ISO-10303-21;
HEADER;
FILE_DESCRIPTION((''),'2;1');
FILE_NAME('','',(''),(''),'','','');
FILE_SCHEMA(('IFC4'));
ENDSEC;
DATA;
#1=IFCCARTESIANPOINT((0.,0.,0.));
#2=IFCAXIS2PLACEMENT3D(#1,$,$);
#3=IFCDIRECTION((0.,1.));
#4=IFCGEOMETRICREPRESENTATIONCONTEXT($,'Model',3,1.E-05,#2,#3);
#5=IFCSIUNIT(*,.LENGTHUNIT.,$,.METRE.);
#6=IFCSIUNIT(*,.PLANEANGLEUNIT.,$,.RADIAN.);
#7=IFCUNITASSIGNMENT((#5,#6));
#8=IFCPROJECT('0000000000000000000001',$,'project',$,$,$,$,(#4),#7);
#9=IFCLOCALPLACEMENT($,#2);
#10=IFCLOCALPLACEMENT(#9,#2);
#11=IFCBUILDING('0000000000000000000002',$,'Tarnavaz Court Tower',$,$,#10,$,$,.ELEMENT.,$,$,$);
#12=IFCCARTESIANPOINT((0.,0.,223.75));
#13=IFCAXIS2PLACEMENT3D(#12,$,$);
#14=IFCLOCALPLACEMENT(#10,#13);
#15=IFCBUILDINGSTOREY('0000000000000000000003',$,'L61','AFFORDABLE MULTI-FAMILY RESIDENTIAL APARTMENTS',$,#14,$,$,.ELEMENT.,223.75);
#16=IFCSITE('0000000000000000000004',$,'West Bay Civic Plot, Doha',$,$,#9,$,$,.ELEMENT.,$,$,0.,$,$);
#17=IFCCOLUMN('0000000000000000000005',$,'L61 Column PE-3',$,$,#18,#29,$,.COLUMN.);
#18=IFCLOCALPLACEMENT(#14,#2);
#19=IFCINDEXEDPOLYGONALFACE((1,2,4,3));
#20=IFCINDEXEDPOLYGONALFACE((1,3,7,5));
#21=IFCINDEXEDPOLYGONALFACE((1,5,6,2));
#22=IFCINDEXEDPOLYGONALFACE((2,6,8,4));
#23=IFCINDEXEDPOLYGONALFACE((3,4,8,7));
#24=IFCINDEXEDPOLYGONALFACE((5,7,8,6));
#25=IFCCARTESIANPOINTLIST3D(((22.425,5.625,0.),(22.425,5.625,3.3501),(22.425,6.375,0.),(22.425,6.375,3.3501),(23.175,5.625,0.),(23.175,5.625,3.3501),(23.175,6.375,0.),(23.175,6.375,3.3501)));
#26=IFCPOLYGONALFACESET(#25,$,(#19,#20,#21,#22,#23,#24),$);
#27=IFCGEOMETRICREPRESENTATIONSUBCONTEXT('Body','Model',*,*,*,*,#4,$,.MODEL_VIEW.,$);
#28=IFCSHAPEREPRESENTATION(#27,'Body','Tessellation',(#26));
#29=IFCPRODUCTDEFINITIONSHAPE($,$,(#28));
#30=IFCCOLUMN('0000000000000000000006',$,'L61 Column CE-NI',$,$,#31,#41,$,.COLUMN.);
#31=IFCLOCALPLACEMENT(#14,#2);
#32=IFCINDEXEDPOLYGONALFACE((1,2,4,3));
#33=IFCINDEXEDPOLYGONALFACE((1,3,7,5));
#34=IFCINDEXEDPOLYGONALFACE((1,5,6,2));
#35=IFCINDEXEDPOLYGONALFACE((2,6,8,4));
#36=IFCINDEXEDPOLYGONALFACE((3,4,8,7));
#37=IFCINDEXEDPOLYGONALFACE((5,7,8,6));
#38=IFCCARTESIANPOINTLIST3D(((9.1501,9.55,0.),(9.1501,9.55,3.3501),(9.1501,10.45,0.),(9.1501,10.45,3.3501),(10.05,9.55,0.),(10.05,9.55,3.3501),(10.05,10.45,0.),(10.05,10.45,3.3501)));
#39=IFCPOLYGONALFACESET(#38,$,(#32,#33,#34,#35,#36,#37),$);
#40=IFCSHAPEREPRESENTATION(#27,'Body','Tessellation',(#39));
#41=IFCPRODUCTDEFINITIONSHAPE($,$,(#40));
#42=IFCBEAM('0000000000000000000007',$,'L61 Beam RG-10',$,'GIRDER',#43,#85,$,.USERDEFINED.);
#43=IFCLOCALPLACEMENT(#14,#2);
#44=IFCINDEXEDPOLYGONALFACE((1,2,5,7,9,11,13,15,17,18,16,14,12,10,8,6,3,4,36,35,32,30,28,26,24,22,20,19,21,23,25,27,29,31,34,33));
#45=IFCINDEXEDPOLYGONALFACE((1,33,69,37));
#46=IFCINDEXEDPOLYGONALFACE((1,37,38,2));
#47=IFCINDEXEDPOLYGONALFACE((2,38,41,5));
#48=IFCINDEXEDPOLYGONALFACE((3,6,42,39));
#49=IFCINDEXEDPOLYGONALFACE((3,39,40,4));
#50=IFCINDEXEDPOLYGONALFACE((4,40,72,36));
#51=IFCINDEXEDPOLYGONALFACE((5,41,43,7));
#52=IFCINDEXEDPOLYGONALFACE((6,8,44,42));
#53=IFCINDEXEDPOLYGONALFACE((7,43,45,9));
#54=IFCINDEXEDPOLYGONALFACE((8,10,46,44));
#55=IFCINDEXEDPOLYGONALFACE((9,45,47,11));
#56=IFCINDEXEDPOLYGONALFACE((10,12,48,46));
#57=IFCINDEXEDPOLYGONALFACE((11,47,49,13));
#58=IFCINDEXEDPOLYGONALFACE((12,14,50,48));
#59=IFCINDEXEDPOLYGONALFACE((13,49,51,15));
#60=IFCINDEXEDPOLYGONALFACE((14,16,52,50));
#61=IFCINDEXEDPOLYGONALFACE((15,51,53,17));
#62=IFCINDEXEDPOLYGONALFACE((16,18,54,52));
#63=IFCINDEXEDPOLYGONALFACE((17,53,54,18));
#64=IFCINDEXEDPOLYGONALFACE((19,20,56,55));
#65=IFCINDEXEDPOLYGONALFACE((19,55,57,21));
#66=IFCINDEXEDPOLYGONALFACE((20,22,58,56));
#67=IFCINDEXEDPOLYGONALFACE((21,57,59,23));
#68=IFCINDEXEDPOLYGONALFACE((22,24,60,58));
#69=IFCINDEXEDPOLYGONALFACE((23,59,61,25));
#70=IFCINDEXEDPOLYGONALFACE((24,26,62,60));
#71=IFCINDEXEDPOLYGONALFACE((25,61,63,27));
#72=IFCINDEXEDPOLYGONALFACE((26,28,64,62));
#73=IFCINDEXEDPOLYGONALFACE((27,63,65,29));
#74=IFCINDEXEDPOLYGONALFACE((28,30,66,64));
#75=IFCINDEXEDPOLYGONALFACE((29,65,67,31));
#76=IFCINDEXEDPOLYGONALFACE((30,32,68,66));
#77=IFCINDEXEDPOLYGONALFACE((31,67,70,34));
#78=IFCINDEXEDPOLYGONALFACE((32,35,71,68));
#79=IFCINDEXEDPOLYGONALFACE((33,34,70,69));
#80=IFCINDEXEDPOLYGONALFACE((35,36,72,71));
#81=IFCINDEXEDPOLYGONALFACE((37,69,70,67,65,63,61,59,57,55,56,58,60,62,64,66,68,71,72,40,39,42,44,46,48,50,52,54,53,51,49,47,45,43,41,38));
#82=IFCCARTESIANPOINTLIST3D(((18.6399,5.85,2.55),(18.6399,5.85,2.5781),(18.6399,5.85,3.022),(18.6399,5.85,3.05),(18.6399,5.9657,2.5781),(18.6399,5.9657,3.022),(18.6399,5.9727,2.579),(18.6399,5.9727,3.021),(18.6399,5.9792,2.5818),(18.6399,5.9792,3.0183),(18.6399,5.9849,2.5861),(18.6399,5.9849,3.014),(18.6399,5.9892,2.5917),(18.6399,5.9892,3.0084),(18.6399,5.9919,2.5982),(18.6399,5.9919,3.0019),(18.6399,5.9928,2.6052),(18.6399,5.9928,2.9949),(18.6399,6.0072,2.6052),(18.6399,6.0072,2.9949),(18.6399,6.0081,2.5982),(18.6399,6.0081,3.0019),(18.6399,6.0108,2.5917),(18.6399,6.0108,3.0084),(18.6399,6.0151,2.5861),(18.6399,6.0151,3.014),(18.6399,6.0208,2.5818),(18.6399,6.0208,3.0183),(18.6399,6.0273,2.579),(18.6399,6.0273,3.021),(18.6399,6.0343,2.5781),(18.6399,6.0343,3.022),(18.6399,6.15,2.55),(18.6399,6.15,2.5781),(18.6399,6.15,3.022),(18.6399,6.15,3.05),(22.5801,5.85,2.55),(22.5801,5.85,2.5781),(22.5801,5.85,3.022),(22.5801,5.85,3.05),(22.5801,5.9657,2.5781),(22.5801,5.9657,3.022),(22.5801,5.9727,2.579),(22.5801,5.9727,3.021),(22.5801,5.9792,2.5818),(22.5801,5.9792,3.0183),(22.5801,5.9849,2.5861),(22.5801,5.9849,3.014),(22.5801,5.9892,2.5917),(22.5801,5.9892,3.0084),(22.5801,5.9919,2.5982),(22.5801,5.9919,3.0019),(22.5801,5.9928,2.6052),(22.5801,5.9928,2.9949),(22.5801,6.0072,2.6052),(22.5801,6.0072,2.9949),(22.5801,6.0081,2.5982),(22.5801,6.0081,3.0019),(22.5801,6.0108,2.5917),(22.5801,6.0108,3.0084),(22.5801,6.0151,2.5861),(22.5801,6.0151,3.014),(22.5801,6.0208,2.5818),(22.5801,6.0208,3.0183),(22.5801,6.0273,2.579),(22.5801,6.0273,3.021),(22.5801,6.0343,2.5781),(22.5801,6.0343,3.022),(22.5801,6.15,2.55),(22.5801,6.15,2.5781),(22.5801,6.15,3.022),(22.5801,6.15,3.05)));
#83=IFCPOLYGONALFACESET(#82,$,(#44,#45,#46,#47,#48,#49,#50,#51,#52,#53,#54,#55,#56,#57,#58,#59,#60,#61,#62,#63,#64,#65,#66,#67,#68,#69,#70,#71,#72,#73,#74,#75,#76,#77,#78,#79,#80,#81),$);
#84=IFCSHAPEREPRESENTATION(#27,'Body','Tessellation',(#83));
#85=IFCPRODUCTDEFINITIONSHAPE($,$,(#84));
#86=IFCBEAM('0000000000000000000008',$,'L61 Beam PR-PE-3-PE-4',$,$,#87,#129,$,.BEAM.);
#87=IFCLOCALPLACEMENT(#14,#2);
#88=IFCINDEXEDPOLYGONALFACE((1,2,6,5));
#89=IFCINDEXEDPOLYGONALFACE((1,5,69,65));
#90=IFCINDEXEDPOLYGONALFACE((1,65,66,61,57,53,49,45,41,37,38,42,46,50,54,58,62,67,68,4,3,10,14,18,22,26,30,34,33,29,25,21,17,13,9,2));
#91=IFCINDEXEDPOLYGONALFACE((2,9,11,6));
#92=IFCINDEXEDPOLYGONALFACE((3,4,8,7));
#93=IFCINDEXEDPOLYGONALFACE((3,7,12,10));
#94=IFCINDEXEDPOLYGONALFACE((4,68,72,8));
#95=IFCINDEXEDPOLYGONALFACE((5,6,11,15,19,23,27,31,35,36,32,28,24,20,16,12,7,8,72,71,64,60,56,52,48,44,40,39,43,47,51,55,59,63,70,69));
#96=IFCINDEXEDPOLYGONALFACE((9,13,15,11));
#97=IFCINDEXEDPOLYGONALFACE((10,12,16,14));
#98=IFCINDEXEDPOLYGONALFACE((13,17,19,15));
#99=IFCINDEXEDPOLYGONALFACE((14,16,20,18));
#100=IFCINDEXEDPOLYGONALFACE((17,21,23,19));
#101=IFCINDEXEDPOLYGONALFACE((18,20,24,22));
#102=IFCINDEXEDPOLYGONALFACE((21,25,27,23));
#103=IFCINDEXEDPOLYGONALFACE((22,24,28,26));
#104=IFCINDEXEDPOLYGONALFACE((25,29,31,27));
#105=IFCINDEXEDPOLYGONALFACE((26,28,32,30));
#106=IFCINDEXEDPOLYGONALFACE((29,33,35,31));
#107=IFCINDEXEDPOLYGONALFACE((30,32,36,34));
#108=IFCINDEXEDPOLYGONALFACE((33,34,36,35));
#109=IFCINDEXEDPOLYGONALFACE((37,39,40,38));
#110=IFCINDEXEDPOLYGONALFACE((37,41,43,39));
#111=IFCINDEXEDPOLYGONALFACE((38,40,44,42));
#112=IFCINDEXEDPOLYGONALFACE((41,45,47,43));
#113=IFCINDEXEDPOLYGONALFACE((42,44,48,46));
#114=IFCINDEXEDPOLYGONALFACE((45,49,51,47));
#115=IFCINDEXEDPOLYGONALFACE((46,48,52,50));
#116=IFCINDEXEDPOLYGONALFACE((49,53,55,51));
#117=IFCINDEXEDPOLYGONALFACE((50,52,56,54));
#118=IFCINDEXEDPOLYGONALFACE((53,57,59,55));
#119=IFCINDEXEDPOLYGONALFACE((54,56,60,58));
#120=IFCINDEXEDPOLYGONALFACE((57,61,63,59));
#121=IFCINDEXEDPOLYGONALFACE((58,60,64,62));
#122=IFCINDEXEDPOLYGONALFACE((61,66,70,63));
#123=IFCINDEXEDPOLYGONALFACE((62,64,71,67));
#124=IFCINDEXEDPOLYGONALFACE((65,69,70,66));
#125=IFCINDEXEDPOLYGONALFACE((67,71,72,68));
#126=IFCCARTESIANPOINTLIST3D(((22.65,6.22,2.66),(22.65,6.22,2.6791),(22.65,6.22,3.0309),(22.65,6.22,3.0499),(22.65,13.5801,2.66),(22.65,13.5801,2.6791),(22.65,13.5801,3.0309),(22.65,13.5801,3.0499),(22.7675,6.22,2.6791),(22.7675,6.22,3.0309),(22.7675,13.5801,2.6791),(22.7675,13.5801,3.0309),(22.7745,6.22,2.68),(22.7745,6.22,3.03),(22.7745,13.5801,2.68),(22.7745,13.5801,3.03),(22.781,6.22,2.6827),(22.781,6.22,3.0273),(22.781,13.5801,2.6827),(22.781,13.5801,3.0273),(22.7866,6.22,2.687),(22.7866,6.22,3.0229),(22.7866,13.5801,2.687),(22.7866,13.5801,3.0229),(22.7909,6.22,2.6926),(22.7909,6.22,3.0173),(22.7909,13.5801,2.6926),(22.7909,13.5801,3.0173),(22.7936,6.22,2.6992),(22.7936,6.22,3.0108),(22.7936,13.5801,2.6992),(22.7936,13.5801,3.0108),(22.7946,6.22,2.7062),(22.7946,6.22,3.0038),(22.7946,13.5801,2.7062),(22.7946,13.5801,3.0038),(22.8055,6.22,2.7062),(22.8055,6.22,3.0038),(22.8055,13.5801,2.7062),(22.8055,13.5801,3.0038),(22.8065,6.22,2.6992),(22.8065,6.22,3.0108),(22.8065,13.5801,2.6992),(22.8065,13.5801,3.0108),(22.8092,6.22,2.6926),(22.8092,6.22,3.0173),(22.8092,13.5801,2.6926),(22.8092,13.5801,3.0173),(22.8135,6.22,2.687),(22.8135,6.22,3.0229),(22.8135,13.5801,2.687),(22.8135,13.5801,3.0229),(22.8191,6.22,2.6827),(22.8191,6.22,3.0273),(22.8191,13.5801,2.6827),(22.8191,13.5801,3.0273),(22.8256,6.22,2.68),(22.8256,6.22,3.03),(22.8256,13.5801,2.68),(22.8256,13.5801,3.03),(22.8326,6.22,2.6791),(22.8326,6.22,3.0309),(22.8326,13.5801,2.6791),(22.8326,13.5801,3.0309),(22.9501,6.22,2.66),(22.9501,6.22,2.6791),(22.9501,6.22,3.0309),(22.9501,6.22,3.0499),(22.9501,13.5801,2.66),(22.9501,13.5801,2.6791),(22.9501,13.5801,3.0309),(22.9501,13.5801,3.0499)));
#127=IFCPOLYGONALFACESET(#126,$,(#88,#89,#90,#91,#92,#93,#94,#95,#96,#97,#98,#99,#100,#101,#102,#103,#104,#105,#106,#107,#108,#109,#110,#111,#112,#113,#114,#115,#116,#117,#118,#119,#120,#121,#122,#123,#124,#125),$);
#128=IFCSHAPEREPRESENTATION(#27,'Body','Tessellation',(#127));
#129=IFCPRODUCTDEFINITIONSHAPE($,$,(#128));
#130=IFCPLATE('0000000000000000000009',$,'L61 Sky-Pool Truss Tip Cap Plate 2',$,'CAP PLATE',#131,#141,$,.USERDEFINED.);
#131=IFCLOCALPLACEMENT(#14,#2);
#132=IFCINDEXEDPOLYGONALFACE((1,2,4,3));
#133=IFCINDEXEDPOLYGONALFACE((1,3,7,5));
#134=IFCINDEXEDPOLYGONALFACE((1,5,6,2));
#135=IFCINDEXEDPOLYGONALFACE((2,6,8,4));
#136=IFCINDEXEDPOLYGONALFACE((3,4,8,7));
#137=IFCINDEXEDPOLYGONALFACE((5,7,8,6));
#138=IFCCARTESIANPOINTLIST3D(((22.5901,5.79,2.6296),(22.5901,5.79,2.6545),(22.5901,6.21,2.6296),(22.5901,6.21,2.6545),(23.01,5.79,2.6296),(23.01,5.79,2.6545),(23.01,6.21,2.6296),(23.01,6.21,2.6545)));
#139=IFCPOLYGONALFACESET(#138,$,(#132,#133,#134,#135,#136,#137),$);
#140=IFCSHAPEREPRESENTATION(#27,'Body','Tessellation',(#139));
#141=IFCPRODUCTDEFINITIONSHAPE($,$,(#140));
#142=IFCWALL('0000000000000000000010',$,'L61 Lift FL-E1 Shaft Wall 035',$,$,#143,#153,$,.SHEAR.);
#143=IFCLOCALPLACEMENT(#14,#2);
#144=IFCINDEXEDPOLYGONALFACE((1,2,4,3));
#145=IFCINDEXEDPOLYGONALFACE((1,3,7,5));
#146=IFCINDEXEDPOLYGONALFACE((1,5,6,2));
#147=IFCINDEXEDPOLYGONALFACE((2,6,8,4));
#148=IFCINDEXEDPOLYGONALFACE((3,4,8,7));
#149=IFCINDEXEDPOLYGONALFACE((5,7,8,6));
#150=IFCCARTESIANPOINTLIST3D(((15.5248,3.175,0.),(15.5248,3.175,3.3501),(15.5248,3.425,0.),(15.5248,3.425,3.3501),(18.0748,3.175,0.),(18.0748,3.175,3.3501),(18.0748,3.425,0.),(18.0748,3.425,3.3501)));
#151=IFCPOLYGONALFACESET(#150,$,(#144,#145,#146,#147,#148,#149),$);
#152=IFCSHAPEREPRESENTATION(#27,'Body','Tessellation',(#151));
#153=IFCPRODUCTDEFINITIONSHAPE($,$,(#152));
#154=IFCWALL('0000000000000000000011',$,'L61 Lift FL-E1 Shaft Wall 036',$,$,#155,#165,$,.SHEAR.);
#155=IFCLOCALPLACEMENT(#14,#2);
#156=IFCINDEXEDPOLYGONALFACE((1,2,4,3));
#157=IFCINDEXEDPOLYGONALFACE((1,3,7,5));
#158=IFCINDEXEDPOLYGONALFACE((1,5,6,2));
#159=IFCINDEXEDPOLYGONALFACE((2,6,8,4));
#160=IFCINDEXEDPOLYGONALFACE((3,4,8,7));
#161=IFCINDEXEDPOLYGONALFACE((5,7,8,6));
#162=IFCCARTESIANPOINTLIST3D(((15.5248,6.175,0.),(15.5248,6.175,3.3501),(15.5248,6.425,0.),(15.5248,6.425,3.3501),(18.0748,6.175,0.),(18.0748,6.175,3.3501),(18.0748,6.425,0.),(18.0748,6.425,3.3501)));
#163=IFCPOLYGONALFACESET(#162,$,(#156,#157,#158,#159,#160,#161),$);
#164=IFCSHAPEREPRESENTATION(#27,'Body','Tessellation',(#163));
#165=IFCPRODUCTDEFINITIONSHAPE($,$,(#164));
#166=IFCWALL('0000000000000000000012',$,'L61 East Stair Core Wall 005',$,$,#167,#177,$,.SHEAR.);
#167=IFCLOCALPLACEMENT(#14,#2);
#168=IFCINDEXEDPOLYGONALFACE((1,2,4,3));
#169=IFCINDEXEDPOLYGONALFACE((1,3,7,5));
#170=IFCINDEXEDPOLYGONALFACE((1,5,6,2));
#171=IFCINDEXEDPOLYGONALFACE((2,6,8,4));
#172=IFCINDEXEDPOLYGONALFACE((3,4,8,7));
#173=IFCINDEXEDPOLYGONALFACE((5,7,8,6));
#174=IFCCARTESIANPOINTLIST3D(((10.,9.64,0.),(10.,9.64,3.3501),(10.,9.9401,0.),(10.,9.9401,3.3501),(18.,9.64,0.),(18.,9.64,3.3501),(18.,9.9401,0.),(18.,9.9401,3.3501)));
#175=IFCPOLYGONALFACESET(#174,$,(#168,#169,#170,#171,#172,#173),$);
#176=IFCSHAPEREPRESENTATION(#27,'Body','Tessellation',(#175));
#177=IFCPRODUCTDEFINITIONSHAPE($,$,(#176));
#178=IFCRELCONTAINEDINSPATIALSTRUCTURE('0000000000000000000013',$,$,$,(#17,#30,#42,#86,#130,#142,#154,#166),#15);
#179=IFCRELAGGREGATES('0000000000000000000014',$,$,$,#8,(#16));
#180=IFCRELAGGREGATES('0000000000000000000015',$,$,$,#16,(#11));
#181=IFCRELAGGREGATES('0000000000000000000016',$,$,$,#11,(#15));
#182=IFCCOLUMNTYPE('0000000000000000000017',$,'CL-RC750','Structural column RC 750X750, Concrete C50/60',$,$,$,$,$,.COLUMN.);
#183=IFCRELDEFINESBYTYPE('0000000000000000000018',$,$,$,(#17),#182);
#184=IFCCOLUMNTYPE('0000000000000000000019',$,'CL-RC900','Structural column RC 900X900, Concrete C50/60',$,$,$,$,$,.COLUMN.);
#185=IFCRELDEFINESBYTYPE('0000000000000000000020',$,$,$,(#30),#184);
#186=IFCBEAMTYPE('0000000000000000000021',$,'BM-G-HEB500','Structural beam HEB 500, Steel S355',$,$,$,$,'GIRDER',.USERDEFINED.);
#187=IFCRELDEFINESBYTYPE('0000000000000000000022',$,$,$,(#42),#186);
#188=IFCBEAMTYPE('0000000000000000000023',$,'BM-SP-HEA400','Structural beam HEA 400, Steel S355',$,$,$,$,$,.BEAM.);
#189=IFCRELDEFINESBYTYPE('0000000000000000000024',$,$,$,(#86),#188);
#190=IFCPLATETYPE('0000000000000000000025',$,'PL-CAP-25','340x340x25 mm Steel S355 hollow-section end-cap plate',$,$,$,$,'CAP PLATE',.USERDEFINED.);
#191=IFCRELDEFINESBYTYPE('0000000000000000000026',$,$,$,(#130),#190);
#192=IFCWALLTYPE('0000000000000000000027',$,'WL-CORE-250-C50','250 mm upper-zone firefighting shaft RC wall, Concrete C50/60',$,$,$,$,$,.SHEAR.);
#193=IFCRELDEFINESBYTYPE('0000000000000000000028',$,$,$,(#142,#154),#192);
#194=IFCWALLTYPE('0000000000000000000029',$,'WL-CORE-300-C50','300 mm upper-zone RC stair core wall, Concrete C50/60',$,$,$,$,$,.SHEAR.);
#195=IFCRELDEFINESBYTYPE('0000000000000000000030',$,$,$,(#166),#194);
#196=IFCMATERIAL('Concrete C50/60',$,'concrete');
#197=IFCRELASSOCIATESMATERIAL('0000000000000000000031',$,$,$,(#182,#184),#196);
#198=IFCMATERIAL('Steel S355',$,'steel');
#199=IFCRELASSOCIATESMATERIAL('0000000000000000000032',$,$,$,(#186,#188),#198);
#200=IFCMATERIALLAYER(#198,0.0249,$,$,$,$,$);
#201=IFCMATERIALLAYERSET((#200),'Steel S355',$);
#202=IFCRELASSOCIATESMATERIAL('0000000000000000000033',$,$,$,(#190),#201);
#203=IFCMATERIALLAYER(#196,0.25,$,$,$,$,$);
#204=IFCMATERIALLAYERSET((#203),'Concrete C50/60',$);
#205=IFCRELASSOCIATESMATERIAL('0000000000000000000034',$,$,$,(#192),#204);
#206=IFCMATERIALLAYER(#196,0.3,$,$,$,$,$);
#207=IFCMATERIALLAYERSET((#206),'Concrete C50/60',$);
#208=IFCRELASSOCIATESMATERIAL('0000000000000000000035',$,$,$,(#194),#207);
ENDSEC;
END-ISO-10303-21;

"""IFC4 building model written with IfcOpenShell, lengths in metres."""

from ifc_helpers import new_model, si_unit, direction, frame, frame_2d, origin, origin_2d, place, context, subcontext, project, spatial, rectangle, i_section, extrude, material, layer, layer_set, material_profile, profile_set, type_object, element, save


model = new_model("IFC4")

# Units and contexts
model_context = context("Model", 3, precision=1e-05, world=origin(), true_north=direction((0.0, 1.0)))
body_context = subcontext(model_context, "Body", "Model", "MODEL_VIEW")
ifc_project = project(units=[si_unit("LENGTHUNIT", "METRE"), si_unit("PLANEANGLEUNIT", "RADIAN")], contexts=[model_context])

# Site, building, storey
site_placement = place(None, origin())
site = spatial("IfcSite", under=ifc_project, at=site_placement, Name="West Bay Civic Plot, Doha", CompositionType="ELEMENT", RefElevation=0.0)
building_placement = place(site_placement, origin())
building = spatial("IfcBuilding", under=site, at=building_placement, Name="Tarnavaz Court Tower", CompositionType="ELEMENT")
storey_placement = place(building_placement, frame((0.0, 0.0, 223.75)))
storey = spatial("IfcBuildingStorey", under=building, at=storey_placement, Name="L61", Description="AFFORDABLE MULTI-FAMILY RESIDENTIAL APARTMENTS", CompositionType="ELEMENT", Elevation=223.75)

# Columns
ifc_material_1 = material(Name="Concrete C50/60", Category="concrete")
ifc_material_profile_1 = material_profile(ifc_material_1, rectangle(XDim=0.75, YDim=0.75, at=origin_2d()), Name="RC 750X750")
ifc_profile_set_1 = profile_set([ifc_material_profile_1], Name="Concrete C50/60")
column_type_1 = type_object("IfcColumnType", Name="CL-RC750", Description="Structural column RC 750X750, Concrete C50/60", PredefinedType="COLUMN", material=ifc_profile_set_1)
column_1_placement = place(storey_placement, frame((22.8, 6.0, 0.0), z_axis=(0.0, 0.0, 1.0), x_axis=(1.0, 0.0, 0.0)))
element("IfcColumn", 1, at=column_1_placement, inside=storey, type_object=column_type_1, Name="L61 Column PE-3", PredefinedType="COLUMN", context=body_context, shape_type="SweptSolid", body=[
    extrude(rectangle(XDim=0.75, YDim=0.75, at=origin_2d()), origin(), (0.0, 0.0, 1.0), 3.3501),
])
ifc_material_profile_2 = material_profile(ifc_material_1, rectangle(XDim=0.8999, YDim=0.8999, at=origin_2d()), Name="RC 900X900")
ifc_profile_set_2 = profile_set([ifc_material_profile_2], Name="Concrete C50/60")
column_type_2 = type_object("IfcColumnType", Name="CL-RC900", Description="Structural column RC 900X900, Concrete C50/60", PredefinedType="COLUMN", material=ifc_profile_set_2)
column_2_placement = place(storey_placement, frame((9.6001, 10.0, 0.0), z_axis=(0.0, 0.0, 1.0), x_axis=(1.0, 0.0, 0.0)))
element("IfcColumn", 2, at=column_2_placement, inside=storey, type_object=column_type_2, Name="L61 Column CE-NI", PredefinedType="COLUMN", context=body_context, shape_type="SweptSolid", body=[
    extrude(rectangle(XDim=0.8999, YDim=0.8999, at=origin_2d()), origin(), (0.0, 0.0, 1.0), 3.3501),
])

# Beams
ifc_material_2 = material(Name="Steel S355", Category="steel")
ifc_material_profile_3 = material_profile(ifc_material_2, i_section(OverallWidth=0.3, OverallDepth=0.5, WebThickness=0.0144, FlangeThickness=0.0281, FilletRadius=0.0271, at=origin_2d()), Name="HEB 500")
ifc_profile_set_3 = profile_set([ifc_material_profile_3], Name="Steel S355")
beam_type_1 = type_object("IfcBeamType", Name="BM-G-HEB500", Description="Structural beam HEB 500, Steel S355", ElementType="GIRDER", PredefinedType="USERDEFINED", material=ifc_profile_set_3)
beam_1_placement = place(storey_placement, frame((18.6399, 6.0, 2.8), z_axis=(1.0, 0.0, 0.0), x_axis=(0.0, 1.0, 0.0)))
element("IfcBeam", 3, at=beam_1_placement, inside=storey, type_object=beam_type_1, Name="L61 Beam RG-10", ObjectType="GIRDER", PredefinedType="USERDEFINED", context=body_context, shape_type="SweptSolid", body=[
    extrude(i_section(OverallWidth=0.3, OverallDepth=0.5, WebThickness=0.0144, FlangeThickness=0.0281, FilletRadius=0.0271, at=origin_2d()), origin(), (0.0, 0.0, 1.0), 3.9402),
])
ifc_material_profile_4 = material_profile(ifc_material_2, i_section(OverallWidth=0.3, OverallDepth=0.3899, WebThickness=0.011, FlangeThickness=0.019, FilletRadius=0.0271, at=origin_2d()), Name="HEA 400")
ifc_profile_set_4 = profile_set([ifc_material_profile_4], Name="Steel S355")
beam_type_2 = type_object("IfcBeamType", Name="BM-SP-HEA400", Description="Structural beam HEA 400, Steel S355", PredefinedType="BEAM", material=ifc_profile_set_4)
beam_2_placement = place(storey_placement, frame((22.8, 6.22, 2.855), z_axis=(0.0, 1.0, 0.0), x_axis=(-1.0, 0.0, 0.0)))
element("IfcBeam", 4, at=beam_2_placement, inside=storey, type_object=beam_type_2, Name="L61 Beam PR-PE-3-PE-4", PredefinedType="BEAM", context=body_context, shape_type="SweptSolid", body=[
    extrude(i_section(OverallWidth=0.3, OverallDepth=0.3899, WebThickness=0.011, FlangeThickness=0.019, FilletRadius=0.0271, at=origin_2d()), origin(), (0.0, 0.0, 1.0), 7.3601),
])

# Plate
ifc_layer_1 = layer(ifc_material_2, 0.0249)
ifc_layer_set_1 = layer_set([ifc_layer_1], Name="Steel S355")
plate_type = type_object("IfcPlateType", Name="PL-CAP-25", Description="340x340x25 mm Steel S355 hollow-section end-cap plate", ElementType="CAP PLATE", PredefinedType="USERDEFINED", material=ifc_layer_set_1)
plate_placement = place(storey_placement, frame((22.8, 6.0, 2.6296), z_axis=(0.0, 0.0, 1.0), x_axis=(1.0, 0.0, 0.0)))
element("IfcPlate", 5, at=plate_placement, inside=storey, type_object=plate_type, Name="L61 Sky-Pool Truss Tip Cap Plate 2", ObjectType="CAP PLATE", PredefinedType="USERDEFINED", context=body_context, shape_type="SweptSolid", body=[
    extrude(rectangle(XDim=0.4199, YDim=0.4199, at=origin_2d()), origin(), (0.0, 0.0, 1.0), 0.0249),
])

# Walls
ifc_layer_2 = layer(ifc_material_1, 0.25)
ifc_layer_set_2 = layer_set([ifc_layer_2], Name="Concrete C50/60")
wall_type_1 = type_object("IfcWallType", Name="WL-CORE-250-C50", Description="250 mm upper-zone firefighting shaft RC wall, Concrete C50/60", PredefinedType="SHEAR", material=ifc_layer_set_2)
for number, where, z_axis, x_axis, name in (
    (6, (15.5249, 3.3, 0.0), (0.0, 0.0, 1.0), (1.0, 0.0, 0.0), "L61 Lift FL-E1 Shaft Wall 035"),
    (7, (15.5249, 6.3, 0.0), (0.0, 0.0, 1.0), (1.0, 0.0, 0.0), "L61 Lift FL-E1 Shaft Wall 036"),
):
    element("IfcWall", number, at=place(storey_placement, frame(where, z_axis=z_axis, x_axis=x_axis)), inside=storey, type_object=wall_type_1, Name=name, PredefinedType="SHEAR", context=body_context, shape_type="SweptSolid", body=[
        extrude(rectangle(XDim=2.55, YDim=0.25, at=frame_2d((1.2749, 0.0))), origin(), (0.0, 0.0, 1.0), 3.3501),
    ])
ifc_layer_3 = layer(ifc_material_1, 0.3)
ifc_layer_set_3 = layer_set([ifc_layer_3], Name="Concrete C50/60")
wall_type_2 = type_object("IfcWallType", Name="WL-CORE-300-C50", Description="300 mm upper-zone RC stair core wall, Concrete C50/60", PredefinedType="SHEAR", material=ifc_layer_set_3)
wall_1_placement = place(storey_placement, frame((10.0, 9.79, 0.0), z_axis=(0.0, 0.0, 1.0), x_axis=(1.0, 0.0, 0.0)))
element("IfcWall", 8, at=wall_1_placement, inside=storey, type_object=wall_type_2, Name="L61 East Stair Core Wall 005", PredefinedType="SHEAR", context=body_context, shape_type="SweptSolid", body=[
    extrude(rectangle(XDim=8.0, YDim=0.3, at=frame_2d((4.0, 0.0))), origin(), (0.0, 0.0, 1.0), 3.3501),
])

save(model, "model.ifc")
